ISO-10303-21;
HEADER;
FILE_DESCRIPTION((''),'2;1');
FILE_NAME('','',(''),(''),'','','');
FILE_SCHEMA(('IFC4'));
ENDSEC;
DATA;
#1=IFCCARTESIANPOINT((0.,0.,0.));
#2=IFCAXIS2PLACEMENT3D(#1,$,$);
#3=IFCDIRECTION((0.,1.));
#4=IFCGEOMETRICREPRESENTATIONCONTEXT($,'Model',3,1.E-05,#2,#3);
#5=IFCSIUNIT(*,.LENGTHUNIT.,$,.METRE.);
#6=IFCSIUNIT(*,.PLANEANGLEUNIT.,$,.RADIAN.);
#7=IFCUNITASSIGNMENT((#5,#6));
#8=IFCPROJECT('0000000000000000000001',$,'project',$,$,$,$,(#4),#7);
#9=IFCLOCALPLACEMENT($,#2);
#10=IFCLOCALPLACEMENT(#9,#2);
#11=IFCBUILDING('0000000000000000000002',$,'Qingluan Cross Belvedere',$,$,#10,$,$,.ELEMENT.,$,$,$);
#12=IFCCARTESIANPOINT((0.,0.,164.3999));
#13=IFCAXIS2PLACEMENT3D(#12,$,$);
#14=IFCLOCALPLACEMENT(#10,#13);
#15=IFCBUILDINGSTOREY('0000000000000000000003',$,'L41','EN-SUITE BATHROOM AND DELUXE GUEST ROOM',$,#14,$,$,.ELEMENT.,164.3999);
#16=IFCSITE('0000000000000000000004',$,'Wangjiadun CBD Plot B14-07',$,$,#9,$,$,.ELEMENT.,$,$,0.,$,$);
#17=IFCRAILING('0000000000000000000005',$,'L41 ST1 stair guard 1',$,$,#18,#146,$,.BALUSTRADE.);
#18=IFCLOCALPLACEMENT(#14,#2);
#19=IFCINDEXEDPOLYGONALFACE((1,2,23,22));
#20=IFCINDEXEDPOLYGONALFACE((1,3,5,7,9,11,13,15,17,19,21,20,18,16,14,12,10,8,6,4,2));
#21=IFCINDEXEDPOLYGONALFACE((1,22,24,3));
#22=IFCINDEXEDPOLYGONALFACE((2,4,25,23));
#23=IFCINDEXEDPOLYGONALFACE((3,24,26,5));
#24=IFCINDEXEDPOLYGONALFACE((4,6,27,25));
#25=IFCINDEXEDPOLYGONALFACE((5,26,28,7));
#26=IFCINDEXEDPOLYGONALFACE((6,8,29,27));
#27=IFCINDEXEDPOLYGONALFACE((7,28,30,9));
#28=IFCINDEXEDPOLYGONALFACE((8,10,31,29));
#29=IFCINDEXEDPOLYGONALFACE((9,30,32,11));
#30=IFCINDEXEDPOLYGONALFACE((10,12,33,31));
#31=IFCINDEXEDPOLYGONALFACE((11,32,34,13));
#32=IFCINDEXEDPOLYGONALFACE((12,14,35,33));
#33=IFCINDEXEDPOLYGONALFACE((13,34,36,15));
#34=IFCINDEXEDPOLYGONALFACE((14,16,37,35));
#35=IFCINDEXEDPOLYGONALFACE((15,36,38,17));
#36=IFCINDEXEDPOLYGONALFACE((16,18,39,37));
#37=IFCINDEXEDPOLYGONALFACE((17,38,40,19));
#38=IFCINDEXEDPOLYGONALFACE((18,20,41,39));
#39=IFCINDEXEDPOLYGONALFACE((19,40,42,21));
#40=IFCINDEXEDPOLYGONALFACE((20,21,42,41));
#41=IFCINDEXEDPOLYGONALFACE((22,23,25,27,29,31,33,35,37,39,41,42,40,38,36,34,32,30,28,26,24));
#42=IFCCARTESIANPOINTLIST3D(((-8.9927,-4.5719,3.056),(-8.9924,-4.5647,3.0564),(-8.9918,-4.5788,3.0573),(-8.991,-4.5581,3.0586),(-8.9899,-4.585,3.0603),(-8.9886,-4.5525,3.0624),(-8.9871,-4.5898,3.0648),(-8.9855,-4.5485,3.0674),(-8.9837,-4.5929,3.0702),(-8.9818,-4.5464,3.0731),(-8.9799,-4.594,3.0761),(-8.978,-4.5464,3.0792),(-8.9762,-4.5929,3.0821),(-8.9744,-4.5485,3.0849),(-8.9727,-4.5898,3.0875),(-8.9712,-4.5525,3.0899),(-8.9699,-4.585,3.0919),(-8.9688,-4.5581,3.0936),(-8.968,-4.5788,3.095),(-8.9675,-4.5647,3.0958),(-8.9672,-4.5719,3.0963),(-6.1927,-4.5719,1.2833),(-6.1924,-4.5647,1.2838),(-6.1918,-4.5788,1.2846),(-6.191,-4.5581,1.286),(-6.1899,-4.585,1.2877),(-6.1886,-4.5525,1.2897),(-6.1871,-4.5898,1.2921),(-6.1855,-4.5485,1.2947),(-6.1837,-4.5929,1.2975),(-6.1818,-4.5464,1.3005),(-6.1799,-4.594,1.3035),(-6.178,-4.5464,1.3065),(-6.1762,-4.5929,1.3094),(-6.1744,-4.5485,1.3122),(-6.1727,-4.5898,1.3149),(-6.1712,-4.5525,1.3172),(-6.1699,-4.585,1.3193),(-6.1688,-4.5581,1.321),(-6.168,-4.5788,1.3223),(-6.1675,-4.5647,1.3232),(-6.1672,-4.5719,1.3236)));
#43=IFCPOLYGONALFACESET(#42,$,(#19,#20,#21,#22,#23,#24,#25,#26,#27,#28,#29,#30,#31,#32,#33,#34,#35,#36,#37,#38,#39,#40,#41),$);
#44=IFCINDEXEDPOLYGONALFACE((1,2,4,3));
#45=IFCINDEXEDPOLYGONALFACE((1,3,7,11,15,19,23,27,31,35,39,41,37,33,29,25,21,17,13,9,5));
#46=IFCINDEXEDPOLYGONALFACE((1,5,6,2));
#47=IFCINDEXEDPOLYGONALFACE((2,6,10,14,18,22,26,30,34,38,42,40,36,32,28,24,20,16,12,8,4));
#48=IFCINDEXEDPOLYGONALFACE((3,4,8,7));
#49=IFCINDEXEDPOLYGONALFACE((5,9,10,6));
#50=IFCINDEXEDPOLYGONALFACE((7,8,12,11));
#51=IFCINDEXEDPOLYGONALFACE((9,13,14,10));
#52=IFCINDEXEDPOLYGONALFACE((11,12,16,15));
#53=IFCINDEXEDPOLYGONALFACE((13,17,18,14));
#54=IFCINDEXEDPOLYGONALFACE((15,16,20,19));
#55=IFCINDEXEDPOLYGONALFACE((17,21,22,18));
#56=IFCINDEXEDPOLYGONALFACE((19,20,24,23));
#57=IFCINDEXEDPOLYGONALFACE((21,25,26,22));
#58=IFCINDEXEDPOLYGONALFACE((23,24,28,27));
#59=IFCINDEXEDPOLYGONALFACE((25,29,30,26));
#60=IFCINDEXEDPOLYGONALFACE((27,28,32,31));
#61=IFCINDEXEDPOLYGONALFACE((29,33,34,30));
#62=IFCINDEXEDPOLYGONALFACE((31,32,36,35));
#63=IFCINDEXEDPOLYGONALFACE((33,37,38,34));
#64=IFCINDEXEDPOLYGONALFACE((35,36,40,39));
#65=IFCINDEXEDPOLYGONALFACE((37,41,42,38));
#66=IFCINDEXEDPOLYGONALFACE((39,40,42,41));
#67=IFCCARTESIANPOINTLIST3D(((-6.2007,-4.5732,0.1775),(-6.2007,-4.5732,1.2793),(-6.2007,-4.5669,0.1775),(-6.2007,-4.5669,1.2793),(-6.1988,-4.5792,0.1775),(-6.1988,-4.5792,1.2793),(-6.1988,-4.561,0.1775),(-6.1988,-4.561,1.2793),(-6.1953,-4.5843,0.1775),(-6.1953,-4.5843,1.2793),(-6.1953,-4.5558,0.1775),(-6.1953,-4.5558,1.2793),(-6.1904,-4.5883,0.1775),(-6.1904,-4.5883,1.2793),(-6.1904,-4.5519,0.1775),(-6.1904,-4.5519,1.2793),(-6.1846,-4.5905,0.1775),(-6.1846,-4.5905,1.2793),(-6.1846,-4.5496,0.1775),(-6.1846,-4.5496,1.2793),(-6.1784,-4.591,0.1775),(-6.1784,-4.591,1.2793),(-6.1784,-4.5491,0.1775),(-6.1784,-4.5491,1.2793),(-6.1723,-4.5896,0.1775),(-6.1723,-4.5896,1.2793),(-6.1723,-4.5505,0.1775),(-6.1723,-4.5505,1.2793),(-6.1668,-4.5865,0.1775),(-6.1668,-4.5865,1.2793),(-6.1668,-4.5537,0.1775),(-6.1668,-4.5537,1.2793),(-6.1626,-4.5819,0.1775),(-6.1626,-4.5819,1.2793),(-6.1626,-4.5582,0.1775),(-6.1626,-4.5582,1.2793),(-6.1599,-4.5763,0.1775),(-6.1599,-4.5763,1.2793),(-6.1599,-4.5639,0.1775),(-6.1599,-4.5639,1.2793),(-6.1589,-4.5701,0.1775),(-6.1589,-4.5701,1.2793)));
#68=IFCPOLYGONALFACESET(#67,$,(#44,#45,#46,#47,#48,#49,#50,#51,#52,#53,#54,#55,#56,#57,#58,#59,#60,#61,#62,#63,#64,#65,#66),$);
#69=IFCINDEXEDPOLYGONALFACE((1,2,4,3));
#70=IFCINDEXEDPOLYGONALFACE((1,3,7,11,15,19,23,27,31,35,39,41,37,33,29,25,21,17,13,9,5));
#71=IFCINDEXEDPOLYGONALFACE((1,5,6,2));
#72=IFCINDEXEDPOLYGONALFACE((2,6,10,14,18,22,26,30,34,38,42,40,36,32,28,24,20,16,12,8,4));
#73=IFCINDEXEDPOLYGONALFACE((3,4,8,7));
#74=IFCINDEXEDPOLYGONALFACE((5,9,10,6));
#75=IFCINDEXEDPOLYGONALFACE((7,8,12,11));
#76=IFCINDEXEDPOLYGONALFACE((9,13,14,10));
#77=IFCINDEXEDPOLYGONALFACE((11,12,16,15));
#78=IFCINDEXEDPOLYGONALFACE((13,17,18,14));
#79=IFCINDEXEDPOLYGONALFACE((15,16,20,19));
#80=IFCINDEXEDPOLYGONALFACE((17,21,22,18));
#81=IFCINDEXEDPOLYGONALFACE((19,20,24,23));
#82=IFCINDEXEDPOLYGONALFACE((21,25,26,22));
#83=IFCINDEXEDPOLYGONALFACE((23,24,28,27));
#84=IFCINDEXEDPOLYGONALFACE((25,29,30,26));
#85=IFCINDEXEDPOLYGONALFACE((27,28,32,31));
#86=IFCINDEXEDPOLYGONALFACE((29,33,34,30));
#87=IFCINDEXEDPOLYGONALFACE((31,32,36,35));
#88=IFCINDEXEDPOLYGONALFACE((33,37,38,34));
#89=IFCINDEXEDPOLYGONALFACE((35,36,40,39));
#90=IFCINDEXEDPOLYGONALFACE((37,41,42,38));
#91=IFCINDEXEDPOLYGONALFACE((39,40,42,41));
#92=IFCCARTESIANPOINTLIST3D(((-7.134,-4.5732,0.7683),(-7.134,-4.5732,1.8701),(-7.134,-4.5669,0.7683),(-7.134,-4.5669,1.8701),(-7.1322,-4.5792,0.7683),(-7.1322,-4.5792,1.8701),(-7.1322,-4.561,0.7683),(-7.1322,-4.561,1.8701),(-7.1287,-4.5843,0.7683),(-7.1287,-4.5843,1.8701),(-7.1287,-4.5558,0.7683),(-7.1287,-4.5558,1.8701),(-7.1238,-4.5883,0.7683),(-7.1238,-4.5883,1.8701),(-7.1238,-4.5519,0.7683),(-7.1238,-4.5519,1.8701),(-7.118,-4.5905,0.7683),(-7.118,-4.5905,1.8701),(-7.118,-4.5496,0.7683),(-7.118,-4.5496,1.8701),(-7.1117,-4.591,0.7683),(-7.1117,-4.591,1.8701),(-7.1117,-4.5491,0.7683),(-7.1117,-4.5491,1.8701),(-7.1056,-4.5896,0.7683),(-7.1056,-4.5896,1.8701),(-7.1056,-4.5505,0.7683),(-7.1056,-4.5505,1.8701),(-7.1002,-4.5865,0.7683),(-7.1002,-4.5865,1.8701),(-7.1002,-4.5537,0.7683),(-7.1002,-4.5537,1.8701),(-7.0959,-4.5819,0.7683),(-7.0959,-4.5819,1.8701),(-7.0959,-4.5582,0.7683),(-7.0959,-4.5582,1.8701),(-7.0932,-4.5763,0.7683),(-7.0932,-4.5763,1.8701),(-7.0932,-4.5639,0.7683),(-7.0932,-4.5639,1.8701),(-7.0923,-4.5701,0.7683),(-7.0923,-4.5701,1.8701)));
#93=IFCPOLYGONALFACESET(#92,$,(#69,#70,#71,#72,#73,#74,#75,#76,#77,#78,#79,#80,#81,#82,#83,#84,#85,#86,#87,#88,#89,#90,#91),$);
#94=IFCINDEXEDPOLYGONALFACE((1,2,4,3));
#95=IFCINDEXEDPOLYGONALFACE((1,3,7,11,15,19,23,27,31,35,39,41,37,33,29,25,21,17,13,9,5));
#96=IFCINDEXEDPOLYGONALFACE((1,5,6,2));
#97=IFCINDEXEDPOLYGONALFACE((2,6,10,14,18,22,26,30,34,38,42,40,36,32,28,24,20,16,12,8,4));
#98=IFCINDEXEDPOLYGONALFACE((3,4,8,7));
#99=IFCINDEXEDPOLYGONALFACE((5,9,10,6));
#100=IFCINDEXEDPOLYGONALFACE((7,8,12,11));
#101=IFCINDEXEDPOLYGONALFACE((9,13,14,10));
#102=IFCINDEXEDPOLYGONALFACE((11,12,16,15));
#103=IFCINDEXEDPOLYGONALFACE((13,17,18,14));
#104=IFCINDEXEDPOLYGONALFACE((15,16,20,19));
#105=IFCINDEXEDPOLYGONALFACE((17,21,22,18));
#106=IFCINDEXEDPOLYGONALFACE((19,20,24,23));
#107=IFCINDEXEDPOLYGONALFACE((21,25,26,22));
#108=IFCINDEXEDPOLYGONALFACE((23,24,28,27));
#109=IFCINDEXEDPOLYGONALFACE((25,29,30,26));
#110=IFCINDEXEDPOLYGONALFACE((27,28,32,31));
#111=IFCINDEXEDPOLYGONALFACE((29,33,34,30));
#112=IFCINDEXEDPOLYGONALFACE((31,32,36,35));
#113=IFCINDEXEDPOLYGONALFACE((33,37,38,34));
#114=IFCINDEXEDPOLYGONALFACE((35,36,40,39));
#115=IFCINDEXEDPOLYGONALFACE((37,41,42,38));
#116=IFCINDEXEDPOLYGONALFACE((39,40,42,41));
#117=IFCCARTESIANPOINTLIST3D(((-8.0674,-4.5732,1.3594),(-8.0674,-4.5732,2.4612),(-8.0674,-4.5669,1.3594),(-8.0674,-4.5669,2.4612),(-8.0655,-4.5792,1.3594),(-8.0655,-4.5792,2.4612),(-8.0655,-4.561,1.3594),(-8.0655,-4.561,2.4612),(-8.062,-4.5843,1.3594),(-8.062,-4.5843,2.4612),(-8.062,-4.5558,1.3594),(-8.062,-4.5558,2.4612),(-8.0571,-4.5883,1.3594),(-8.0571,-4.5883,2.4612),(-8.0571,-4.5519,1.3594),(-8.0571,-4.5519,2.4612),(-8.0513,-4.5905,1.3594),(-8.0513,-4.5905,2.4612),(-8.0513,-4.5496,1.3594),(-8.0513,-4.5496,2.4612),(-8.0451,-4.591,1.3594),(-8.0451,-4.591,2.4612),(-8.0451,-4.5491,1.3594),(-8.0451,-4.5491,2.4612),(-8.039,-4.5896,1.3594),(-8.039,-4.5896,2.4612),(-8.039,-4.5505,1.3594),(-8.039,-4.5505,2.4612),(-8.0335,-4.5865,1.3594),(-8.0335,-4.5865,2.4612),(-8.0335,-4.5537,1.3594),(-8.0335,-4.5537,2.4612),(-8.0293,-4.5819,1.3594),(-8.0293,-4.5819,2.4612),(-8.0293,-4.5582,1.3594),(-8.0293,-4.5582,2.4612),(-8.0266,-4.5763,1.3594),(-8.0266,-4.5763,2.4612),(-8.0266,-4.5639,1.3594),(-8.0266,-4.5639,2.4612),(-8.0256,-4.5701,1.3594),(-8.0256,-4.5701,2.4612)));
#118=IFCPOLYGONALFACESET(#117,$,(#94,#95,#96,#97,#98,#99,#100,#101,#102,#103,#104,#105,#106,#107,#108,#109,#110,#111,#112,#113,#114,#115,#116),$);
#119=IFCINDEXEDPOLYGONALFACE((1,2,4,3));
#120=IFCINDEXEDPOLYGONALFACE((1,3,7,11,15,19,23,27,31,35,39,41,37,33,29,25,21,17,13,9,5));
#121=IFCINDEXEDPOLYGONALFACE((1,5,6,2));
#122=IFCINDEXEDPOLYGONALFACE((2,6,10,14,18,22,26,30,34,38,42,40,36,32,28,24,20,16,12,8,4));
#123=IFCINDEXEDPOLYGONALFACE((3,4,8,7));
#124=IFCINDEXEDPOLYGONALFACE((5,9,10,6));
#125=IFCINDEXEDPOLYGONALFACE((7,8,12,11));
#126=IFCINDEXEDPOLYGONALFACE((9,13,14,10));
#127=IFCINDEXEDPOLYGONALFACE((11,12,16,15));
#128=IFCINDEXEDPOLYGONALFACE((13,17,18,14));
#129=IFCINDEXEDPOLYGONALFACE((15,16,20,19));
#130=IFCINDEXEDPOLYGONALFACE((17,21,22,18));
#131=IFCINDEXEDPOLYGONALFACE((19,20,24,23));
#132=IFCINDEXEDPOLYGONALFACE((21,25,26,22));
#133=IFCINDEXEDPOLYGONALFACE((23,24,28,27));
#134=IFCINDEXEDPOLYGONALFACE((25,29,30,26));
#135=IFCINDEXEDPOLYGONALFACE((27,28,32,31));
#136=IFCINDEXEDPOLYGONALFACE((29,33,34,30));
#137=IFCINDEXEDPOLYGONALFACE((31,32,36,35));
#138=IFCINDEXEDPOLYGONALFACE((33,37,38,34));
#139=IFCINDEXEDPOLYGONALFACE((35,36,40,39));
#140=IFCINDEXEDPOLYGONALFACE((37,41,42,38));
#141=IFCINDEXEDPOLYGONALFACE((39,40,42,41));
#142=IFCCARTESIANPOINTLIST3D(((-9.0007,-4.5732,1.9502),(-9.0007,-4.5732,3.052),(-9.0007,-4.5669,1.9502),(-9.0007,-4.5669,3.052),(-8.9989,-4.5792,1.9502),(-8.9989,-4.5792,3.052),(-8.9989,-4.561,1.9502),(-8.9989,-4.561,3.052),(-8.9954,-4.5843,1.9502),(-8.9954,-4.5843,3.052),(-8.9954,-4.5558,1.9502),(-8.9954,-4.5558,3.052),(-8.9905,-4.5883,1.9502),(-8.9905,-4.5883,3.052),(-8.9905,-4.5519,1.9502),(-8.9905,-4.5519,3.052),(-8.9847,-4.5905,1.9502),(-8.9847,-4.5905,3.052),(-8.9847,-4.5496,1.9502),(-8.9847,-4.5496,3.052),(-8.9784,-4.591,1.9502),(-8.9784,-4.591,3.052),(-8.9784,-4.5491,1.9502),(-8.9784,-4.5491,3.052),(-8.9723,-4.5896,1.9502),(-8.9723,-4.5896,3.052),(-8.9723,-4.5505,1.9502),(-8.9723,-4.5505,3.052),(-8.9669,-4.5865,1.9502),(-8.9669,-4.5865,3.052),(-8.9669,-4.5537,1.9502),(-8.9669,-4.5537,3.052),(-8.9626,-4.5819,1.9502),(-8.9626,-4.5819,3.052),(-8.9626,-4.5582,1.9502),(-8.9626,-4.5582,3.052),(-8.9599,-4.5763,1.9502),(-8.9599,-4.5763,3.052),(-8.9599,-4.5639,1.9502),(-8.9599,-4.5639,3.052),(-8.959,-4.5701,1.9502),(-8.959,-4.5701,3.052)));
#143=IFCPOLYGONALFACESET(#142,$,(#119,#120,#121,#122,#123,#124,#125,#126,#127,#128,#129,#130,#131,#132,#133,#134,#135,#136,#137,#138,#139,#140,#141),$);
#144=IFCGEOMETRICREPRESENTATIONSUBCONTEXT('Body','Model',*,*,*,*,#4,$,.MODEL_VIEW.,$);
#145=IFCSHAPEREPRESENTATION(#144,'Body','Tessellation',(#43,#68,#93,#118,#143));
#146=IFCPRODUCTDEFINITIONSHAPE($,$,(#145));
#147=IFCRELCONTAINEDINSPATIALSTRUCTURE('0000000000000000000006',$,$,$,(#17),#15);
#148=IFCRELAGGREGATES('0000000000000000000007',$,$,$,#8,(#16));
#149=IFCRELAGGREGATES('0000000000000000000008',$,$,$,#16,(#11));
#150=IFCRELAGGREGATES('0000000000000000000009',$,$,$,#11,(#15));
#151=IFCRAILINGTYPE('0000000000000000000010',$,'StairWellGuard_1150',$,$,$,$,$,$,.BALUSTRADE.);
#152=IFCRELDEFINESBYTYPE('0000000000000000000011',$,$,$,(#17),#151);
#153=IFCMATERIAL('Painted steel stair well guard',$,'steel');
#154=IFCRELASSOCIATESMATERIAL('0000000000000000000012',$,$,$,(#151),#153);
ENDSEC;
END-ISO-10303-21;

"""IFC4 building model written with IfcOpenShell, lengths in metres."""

from ifc_helpers import new_model, si_unit, direction, frame, origin, origin_2d, place, context, subcontext, project, spatial, circle, extrude, material, type_object, element, save


model = new_model("IFC4")

# Units and contexts
model_context = context("Model", 3, precision=1e-05, world=origin(), true_north=direction((0.0, 1.0)))
body_context = subcontext(model_context, "Body", "Model", "MODEL_VIEW")
ifc_project = project(units=[si_unit("LENGTHUNIT", "METRE"), si_unit("PLANEANGLEUNIT", "RADIAN")], contexts=[model_context])

# Site, building, storey
site_placement = place(None, origin())
site = spatial("IfcSite", under=ifc_project, at=site_placement, Name="Wangjiadun CBD Plot B14-07", CompositionType="ELEMENT", RefElevation=0.0)
building_placement = place(site_placement, origin())
building = spatial("IfcBuilding", under=site, at=building_placement, Name="Qingluan Cross Belvedere", CompositionType="ELEMENT")
storey_placement = place(building_placement, frame((0.0, 0.0, 164.3999)))
storey = spatial("IfcBuildingStorey", under=building, at=storey_placement, Name="L41", Description="EN-SUITE BATHROOM AND DELUXE GUEST ROOM", CompositionType="ELEMENT", Elevation=164.3999)

# Railing
ifc_material_1 = material(Name="Painted steel stair well guard", Category="steel")
railing_type_1 = type_object("IfcRailingType", Name="StairWellGuard_1150", PredefinedType="BALUSTRADE", material=ifc_material_1)
railing_1_placement = place(storey_placement, frame((-6.1799, -4.5701, 0.1775)))
element("IfcRailing", 1, at=railing_1_placement, inside=storey, type_object=railing_type_1, Name="L41 ST1 stair guard 1", PredefinedType="BALUSTRADE", context=body_context, shape_type="SweptSolid", body=[
    extrude(circle(Radius=0.0239, at=origin_2d()), frame((0.0, 0.0, 1.126), z_axis=(-0.844909, 0.0, 0.53491), x_axis=(0.0, -1.0, 0.0)), (0.0, 0.0, 1.0), 3.314),
    extrude(circle(Radius=0.021, at=origin_2d()), origin(), (0.0, 0.0, 1.0), 1.1018),
    extrude(circle(Radius=0.021, at=origin_2d()), frame((-0.9333, 0.0, 0.5908)), (0.0, 0.0, 1.0), 1.1018),
    extrude(circle(Radius=0.021, at=origin_2d()), frame((-1.8667, 0.0, 1.1819)), (0.0, 0.0, 1.0), 1.1018),
    extrude(circle(Radius=0.021, at=origin_2d()), frame((-2.8, 0.0, 1.7727)), (0.0, 0.0, 1.0), 1.1018),
])

save(model, "model.ifc")
